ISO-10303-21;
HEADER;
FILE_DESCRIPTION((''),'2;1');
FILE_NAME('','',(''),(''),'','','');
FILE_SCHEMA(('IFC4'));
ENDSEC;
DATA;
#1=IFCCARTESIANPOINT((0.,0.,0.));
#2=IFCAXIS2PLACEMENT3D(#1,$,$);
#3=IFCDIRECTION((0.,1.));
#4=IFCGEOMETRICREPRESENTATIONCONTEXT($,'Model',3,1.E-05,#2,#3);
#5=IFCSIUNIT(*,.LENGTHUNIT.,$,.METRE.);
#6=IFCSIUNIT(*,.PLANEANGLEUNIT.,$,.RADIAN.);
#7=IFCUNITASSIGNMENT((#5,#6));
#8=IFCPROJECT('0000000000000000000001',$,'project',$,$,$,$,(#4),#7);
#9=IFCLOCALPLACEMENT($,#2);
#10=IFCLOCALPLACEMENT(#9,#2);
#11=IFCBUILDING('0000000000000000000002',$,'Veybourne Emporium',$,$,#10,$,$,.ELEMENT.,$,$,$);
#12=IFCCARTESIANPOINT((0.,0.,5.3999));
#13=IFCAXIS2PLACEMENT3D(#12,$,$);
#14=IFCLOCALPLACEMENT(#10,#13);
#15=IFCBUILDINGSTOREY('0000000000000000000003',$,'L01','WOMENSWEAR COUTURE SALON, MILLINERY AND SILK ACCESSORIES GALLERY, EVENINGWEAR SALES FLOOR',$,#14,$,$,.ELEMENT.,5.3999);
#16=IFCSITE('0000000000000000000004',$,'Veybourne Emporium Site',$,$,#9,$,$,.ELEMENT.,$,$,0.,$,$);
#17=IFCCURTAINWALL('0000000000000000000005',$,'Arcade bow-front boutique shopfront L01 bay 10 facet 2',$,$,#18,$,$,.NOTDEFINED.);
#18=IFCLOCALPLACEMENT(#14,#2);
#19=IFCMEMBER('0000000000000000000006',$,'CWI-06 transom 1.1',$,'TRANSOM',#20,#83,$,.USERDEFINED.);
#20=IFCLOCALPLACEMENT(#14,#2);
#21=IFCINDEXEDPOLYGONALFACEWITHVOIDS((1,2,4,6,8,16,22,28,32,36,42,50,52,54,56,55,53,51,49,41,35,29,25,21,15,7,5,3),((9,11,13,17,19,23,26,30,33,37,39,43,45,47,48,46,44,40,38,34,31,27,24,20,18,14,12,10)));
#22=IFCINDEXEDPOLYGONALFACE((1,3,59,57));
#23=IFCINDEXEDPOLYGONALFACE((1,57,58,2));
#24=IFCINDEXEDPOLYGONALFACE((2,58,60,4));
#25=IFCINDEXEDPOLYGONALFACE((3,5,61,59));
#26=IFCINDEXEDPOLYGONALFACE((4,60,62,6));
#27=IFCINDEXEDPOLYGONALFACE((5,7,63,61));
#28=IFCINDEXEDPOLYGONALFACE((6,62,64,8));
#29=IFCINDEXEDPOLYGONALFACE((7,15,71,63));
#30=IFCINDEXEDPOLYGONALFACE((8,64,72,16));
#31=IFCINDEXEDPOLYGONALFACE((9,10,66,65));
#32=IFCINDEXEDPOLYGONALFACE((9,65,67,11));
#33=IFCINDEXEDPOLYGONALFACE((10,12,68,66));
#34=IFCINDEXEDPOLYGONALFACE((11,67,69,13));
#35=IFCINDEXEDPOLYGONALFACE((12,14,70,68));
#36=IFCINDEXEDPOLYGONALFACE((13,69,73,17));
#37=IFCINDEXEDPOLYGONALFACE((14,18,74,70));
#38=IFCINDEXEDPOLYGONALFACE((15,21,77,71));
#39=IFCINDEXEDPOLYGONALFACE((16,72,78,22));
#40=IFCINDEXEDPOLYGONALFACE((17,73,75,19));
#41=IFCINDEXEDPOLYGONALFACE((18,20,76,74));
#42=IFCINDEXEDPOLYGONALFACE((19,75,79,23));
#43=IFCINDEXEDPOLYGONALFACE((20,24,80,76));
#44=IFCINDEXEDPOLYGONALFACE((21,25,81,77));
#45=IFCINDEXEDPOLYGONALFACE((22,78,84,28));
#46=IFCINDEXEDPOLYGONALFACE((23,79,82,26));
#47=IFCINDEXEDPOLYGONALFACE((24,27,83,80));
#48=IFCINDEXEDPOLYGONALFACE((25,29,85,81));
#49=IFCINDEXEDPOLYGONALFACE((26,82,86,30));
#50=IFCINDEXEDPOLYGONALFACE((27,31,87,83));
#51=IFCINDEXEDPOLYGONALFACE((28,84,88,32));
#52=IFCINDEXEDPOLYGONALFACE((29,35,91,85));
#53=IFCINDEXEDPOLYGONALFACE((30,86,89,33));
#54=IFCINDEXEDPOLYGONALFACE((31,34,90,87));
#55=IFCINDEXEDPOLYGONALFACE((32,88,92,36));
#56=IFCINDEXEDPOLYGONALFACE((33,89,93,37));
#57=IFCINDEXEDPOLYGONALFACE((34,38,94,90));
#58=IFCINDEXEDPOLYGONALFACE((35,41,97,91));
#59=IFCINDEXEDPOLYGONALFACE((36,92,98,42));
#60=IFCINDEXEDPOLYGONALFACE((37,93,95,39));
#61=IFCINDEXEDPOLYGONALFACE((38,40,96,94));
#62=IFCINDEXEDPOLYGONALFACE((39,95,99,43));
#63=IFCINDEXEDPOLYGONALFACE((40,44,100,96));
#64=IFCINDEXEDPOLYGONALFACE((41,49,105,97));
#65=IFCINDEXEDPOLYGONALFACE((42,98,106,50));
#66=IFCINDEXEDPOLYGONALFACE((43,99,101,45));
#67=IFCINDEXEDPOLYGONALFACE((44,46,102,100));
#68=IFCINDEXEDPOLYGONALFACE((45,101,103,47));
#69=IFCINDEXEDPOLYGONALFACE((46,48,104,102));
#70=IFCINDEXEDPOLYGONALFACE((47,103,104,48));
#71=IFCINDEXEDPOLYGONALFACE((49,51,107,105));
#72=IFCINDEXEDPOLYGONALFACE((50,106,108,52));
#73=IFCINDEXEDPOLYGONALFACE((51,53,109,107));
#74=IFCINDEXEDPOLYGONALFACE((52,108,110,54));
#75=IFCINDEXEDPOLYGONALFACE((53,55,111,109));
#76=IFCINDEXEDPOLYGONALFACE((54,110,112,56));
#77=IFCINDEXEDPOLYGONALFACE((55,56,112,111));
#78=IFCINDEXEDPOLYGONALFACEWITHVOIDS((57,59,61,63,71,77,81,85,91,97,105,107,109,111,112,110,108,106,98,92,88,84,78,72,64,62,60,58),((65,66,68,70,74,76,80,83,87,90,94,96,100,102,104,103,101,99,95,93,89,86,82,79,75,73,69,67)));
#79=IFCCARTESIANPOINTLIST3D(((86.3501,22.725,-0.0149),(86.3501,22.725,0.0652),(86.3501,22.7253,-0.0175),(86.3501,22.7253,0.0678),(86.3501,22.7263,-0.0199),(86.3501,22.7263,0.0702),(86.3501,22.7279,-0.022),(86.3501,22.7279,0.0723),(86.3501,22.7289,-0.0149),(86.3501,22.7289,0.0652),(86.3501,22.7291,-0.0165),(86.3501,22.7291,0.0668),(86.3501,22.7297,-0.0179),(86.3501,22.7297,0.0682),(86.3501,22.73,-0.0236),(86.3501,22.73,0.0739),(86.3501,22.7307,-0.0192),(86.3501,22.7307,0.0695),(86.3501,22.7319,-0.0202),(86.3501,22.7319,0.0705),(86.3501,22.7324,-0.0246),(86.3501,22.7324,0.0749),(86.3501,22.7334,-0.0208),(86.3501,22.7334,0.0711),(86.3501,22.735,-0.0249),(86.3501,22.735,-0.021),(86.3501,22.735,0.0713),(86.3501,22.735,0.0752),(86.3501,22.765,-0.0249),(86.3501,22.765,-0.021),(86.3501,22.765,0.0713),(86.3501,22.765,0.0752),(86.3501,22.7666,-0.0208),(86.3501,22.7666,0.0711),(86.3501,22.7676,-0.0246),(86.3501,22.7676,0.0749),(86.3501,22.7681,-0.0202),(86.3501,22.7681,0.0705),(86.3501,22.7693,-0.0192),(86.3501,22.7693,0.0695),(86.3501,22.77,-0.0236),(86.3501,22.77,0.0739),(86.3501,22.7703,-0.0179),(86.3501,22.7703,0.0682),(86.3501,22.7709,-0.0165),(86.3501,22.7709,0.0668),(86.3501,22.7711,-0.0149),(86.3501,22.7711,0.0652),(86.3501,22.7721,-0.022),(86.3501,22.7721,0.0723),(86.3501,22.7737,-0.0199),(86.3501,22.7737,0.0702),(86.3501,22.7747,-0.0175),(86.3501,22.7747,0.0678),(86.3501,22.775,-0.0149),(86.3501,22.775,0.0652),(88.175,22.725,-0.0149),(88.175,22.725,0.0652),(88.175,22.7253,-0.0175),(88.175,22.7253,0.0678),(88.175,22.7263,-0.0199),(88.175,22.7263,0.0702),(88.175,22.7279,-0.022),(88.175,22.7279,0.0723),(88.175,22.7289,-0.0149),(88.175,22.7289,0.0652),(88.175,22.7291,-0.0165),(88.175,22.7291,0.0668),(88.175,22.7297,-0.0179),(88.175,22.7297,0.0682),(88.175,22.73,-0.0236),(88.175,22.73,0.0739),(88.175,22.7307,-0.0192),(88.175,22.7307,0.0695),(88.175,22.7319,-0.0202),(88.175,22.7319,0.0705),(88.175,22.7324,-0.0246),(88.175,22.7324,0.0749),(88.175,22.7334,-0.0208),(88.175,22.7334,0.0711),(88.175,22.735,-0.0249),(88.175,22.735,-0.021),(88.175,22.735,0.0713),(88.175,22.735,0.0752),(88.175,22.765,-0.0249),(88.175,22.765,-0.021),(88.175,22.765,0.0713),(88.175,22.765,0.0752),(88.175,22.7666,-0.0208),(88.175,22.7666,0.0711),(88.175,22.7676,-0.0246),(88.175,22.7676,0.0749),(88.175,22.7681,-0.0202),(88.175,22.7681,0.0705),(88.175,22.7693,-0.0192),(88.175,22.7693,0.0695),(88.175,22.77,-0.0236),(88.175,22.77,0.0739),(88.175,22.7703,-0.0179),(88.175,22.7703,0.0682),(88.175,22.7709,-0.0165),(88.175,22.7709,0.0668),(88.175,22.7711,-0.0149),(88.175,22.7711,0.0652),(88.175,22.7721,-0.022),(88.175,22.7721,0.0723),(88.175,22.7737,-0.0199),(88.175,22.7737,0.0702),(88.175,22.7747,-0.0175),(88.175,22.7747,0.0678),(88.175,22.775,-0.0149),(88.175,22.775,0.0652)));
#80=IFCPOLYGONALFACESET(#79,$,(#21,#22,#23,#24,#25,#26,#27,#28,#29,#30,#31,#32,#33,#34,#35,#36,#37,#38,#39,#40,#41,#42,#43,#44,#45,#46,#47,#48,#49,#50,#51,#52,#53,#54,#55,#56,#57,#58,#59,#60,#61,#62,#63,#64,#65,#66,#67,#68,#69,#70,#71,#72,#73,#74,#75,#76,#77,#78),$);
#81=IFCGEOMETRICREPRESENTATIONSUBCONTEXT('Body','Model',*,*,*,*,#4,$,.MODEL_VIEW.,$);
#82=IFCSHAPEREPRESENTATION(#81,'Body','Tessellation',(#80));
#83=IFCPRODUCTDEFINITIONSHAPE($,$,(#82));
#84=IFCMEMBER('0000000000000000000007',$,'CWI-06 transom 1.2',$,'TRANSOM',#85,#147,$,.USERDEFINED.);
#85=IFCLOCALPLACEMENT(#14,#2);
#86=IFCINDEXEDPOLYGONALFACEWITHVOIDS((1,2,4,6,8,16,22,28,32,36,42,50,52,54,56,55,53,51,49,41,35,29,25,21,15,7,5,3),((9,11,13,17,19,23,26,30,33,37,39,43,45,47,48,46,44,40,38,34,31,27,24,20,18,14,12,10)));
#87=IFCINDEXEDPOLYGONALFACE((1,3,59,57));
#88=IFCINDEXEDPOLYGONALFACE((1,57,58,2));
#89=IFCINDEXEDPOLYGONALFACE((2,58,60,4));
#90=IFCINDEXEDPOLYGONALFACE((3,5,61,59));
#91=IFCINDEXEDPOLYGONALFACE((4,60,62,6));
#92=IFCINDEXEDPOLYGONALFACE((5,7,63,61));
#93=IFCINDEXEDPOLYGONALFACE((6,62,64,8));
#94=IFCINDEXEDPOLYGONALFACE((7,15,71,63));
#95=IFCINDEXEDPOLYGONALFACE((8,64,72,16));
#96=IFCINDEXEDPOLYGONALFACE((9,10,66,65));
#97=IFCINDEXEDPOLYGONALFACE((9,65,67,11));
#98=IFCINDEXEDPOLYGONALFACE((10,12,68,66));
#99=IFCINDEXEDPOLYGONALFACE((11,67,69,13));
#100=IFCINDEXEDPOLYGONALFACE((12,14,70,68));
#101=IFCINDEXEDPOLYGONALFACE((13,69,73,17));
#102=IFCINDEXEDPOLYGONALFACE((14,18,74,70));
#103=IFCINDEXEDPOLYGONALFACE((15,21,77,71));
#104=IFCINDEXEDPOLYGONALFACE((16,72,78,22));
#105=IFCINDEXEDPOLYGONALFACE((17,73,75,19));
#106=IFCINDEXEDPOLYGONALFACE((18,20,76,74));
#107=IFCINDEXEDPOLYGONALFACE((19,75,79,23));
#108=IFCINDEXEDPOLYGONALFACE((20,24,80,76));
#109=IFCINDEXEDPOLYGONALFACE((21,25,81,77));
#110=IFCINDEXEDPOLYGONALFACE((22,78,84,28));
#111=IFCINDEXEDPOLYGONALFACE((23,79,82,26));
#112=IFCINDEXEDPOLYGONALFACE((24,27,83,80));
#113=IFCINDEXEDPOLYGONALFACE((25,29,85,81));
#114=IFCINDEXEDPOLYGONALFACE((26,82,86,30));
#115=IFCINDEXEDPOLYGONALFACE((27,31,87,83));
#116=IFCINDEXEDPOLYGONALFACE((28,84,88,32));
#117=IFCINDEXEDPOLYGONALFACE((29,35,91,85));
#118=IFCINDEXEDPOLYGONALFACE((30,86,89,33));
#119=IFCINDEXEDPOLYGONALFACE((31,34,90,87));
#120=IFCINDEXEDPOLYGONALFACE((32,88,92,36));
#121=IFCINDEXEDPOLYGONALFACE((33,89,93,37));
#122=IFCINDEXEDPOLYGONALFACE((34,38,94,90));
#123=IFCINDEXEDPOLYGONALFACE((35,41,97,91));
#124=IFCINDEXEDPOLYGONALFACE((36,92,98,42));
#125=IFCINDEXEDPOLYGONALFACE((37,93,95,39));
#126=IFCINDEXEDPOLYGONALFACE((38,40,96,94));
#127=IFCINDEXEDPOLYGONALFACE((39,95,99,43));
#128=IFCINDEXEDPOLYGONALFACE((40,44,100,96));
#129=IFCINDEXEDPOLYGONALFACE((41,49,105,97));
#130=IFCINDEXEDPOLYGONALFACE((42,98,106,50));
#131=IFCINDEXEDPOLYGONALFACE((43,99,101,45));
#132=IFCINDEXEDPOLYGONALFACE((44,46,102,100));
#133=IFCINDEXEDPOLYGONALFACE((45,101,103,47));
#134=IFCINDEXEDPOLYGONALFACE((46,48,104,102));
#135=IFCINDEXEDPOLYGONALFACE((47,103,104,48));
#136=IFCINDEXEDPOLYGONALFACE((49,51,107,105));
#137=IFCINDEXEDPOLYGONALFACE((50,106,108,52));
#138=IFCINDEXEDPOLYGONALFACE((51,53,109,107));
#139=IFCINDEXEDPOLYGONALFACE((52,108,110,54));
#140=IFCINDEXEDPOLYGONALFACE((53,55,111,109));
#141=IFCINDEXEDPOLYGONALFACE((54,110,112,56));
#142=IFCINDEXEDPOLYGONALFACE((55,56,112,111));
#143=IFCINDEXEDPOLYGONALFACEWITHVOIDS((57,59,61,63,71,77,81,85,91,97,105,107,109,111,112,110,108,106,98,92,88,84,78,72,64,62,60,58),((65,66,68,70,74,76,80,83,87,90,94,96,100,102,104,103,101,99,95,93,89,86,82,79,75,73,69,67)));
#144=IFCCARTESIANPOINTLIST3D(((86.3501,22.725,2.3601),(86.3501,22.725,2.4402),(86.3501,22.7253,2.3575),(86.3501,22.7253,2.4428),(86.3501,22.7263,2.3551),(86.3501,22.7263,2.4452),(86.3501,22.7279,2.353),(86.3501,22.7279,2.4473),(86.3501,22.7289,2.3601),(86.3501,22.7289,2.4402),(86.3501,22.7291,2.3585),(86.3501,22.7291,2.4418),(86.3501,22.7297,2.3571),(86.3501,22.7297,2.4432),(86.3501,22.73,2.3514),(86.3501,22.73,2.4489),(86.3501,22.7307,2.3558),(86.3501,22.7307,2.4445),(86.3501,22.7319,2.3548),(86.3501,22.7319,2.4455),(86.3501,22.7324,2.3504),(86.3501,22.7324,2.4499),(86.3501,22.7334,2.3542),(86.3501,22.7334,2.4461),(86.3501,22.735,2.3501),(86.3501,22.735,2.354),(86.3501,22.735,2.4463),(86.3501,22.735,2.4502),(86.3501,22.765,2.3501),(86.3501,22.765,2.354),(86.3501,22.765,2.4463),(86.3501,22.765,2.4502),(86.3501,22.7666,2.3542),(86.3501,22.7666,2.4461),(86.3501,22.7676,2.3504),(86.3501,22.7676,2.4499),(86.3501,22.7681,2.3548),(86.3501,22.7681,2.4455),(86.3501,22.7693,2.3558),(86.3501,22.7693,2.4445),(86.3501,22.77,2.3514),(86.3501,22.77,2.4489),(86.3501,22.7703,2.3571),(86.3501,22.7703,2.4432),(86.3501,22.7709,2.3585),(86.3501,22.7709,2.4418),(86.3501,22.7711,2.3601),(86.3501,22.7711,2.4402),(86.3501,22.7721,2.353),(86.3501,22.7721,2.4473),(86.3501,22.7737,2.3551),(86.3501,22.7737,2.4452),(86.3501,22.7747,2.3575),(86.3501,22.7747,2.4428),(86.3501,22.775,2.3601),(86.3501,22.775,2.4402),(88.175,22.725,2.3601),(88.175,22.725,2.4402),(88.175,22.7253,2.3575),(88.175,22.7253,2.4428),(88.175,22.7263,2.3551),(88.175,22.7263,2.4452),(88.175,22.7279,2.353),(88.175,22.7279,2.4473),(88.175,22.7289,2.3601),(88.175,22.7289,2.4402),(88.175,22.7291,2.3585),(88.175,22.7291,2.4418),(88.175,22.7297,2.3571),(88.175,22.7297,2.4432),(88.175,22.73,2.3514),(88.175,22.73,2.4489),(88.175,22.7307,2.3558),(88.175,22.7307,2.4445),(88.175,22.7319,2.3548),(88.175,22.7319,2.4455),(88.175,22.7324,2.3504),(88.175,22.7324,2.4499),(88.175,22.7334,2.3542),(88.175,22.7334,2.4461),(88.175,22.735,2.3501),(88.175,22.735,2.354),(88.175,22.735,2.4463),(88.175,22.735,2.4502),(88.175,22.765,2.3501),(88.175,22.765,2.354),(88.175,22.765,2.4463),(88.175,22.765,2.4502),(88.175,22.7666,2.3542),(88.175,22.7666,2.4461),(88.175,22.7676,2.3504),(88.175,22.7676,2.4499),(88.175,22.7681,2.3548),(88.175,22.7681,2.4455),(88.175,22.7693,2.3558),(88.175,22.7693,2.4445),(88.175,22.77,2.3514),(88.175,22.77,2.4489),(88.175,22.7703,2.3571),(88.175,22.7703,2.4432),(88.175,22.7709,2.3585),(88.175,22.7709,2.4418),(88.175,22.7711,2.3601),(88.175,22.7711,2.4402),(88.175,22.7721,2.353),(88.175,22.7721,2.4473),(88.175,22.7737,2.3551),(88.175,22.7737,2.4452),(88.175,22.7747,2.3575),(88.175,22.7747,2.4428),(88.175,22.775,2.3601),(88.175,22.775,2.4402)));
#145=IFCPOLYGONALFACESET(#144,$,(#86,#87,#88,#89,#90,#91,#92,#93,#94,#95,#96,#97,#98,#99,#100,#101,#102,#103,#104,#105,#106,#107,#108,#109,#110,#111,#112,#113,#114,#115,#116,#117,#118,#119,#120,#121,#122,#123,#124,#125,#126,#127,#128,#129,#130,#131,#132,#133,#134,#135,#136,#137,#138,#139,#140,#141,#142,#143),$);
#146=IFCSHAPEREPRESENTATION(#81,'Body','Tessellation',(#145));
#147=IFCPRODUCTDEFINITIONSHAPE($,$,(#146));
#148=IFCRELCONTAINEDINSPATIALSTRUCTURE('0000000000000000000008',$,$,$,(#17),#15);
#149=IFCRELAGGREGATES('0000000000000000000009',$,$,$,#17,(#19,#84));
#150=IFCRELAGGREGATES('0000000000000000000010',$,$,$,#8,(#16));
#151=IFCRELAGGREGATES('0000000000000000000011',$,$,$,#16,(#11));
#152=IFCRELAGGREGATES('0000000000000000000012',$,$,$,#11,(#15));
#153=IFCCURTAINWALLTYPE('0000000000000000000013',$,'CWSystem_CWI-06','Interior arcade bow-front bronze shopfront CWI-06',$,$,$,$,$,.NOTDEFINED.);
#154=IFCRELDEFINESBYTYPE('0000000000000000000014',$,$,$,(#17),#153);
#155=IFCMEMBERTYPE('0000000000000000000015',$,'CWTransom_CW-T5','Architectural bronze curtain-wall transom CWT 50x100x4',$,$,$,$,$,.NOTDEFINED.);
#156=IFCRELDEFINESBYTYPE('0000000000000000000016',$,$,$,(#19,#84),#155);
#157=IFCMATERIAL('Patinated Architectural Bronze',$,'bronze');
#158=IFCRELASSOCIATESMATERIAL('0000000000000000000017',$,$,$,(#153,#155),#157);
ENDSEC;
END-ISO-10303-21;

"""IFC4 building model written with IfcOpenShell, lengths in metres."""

from ifc_helpers import new_model, si_unit, direction, frame, origin, origin_2d, place, context, subcontext, project, spatial, hollow_rectangle, extrude, material, material_profile, profile_set, type_object, element, aggregate, save


model = new_model("IFC4")

# Units and contexts
model_context = context("Model", 3, precision=1e-05, world=origin(), true_north=direction((0.0, 1.0)))
body_context = subcontext(model_context, "Body", "Model", "MODEL_VIEW")
ifc_project = project(units=[si_unit("LENGTHUNIT", "METRE"), si_unit("PLANEANGLEUNIT", "RADIAN")], contexts=[model_context])

# Site, building, storey
site_placement = place(None, origin())
site = spatial("IfcSite", under=ifc_project, at=site_placement, Name="Veybourne Emporium Site", CompositionType="ELEMENT", RefElevation=0.0)
building_placement = place(site_placement, origin())
building = spatial("IfcBuilding", under=site, at=building_placement, Name="Veybourne Emporium", CompositionType="ELEMENT")
storey_placement = place(building_placement, frame((0.0, 0.0, 5.3999)))
storey = spatial("IfcBuildingStorey", under=building, at=storey_placement, Name="L01", Description="WOMENSWEAR COUTURE SALON, MILLINERY AND SILK ACCESSORIES GALLERY, EVENINGWEAR SALES FLOOR", CompositionType="ELEMENT", Elevation=5.3999)

# Curtain wall
ifc_material_1 = material(Name="Patinated Architectural Bronze", Category="bronze")
curtain_wall_type_1 = type_object("IfcCurtainWallType", Name="CWSystem_CWI-06", Description="Interior arcade bow-front bronze shopfront CWI-06", PredefinedType="NOTDEFINED", material=ifc_material_1)
curtain_wall_1_placement = place(storey_placement, origin())
curtain_wall_1 = element("IfcCurtainWall", 1, at=curtain_wall_1_placement, inside=storey, type_object=curtain_wall_type_1, Name="Arcade bow-front boutique shopfront L01 bay 10 facet 2", PredefinedType="NOTDEFINED")

# Members
ifc_material_profile_1 = material_profile(ifc_material_1, hollow_rectangle(XDim=0.05, YDim=0.1001, WallThickness=0.0039, InnerFilletRadius=0.0061, OuterFilletRadius=0.01, at=origin_2d()), Name="CWT 50x100x4")
ifc_profile_set_1 = profile_set([ifc_material_profile_1], Name="Patinated Architectural Bronze")
member_type_1 = type_object("IfcMemberType", Name="CWTransom_CW-T5", Description="Architectural bronze curtain-wall transom CWT 50x100x4", PredefinedType="NOTDEFINED", material=ifc_profile_set_1)
member_1_placement = place(storey_placement, frame((86.3501, 22.75, 0.0251), z_axis=(1.0, 0.0, 0.0), x_axis=(0.0, 1.0, 0.0)))
member_1 = element("IfcMember", 2, at=member_1_placement, type_object=member_type_1, Name="CWI-06 transom 1.1", ObjectType="TRANSOM", PredefinedType="USERDEFINED", context=body_context, shape_type="SweptSolid", body=[
    extrude(hollow_rectangle(XDim=0.05, YDim=0.1001, WallThickness=0.0039, InnerFilletRadius=0.0061, OuterFilletRadius=0.01, at=origin_2d()), origin(), (0.0, 0.0, 1.0), 1.825),
])
member_2_placement = place(storey_placement, frame((86.3501, 22.75, 2.4001), z_axis=(1.0, 0.0, 0.0), x_axis=(0.0, 1.0, 0.0)))
member_2 = element("IfcMember", 3, at=member_2_placement, type_object=member_type_1, Name="CWI-06 transom 1.2", ObjectType="TRANSOM", PredefinedType="USERDEFINED", context=body_context, shape_type="SweptSolid", body=[
    extrude(hollow_rectangle(XDim=0.05, YDim=0.1001, WallThickness=0.0039, InnerFilletRadius=0.0061, OuterFilletRadius=0.01, at=origin_2d()), origin(), (0.0, 0.0, 1.0), 1.825),
])

aggregate(curtain_wall_1, [member_1, member_2])

save(model, "model.ifc")
